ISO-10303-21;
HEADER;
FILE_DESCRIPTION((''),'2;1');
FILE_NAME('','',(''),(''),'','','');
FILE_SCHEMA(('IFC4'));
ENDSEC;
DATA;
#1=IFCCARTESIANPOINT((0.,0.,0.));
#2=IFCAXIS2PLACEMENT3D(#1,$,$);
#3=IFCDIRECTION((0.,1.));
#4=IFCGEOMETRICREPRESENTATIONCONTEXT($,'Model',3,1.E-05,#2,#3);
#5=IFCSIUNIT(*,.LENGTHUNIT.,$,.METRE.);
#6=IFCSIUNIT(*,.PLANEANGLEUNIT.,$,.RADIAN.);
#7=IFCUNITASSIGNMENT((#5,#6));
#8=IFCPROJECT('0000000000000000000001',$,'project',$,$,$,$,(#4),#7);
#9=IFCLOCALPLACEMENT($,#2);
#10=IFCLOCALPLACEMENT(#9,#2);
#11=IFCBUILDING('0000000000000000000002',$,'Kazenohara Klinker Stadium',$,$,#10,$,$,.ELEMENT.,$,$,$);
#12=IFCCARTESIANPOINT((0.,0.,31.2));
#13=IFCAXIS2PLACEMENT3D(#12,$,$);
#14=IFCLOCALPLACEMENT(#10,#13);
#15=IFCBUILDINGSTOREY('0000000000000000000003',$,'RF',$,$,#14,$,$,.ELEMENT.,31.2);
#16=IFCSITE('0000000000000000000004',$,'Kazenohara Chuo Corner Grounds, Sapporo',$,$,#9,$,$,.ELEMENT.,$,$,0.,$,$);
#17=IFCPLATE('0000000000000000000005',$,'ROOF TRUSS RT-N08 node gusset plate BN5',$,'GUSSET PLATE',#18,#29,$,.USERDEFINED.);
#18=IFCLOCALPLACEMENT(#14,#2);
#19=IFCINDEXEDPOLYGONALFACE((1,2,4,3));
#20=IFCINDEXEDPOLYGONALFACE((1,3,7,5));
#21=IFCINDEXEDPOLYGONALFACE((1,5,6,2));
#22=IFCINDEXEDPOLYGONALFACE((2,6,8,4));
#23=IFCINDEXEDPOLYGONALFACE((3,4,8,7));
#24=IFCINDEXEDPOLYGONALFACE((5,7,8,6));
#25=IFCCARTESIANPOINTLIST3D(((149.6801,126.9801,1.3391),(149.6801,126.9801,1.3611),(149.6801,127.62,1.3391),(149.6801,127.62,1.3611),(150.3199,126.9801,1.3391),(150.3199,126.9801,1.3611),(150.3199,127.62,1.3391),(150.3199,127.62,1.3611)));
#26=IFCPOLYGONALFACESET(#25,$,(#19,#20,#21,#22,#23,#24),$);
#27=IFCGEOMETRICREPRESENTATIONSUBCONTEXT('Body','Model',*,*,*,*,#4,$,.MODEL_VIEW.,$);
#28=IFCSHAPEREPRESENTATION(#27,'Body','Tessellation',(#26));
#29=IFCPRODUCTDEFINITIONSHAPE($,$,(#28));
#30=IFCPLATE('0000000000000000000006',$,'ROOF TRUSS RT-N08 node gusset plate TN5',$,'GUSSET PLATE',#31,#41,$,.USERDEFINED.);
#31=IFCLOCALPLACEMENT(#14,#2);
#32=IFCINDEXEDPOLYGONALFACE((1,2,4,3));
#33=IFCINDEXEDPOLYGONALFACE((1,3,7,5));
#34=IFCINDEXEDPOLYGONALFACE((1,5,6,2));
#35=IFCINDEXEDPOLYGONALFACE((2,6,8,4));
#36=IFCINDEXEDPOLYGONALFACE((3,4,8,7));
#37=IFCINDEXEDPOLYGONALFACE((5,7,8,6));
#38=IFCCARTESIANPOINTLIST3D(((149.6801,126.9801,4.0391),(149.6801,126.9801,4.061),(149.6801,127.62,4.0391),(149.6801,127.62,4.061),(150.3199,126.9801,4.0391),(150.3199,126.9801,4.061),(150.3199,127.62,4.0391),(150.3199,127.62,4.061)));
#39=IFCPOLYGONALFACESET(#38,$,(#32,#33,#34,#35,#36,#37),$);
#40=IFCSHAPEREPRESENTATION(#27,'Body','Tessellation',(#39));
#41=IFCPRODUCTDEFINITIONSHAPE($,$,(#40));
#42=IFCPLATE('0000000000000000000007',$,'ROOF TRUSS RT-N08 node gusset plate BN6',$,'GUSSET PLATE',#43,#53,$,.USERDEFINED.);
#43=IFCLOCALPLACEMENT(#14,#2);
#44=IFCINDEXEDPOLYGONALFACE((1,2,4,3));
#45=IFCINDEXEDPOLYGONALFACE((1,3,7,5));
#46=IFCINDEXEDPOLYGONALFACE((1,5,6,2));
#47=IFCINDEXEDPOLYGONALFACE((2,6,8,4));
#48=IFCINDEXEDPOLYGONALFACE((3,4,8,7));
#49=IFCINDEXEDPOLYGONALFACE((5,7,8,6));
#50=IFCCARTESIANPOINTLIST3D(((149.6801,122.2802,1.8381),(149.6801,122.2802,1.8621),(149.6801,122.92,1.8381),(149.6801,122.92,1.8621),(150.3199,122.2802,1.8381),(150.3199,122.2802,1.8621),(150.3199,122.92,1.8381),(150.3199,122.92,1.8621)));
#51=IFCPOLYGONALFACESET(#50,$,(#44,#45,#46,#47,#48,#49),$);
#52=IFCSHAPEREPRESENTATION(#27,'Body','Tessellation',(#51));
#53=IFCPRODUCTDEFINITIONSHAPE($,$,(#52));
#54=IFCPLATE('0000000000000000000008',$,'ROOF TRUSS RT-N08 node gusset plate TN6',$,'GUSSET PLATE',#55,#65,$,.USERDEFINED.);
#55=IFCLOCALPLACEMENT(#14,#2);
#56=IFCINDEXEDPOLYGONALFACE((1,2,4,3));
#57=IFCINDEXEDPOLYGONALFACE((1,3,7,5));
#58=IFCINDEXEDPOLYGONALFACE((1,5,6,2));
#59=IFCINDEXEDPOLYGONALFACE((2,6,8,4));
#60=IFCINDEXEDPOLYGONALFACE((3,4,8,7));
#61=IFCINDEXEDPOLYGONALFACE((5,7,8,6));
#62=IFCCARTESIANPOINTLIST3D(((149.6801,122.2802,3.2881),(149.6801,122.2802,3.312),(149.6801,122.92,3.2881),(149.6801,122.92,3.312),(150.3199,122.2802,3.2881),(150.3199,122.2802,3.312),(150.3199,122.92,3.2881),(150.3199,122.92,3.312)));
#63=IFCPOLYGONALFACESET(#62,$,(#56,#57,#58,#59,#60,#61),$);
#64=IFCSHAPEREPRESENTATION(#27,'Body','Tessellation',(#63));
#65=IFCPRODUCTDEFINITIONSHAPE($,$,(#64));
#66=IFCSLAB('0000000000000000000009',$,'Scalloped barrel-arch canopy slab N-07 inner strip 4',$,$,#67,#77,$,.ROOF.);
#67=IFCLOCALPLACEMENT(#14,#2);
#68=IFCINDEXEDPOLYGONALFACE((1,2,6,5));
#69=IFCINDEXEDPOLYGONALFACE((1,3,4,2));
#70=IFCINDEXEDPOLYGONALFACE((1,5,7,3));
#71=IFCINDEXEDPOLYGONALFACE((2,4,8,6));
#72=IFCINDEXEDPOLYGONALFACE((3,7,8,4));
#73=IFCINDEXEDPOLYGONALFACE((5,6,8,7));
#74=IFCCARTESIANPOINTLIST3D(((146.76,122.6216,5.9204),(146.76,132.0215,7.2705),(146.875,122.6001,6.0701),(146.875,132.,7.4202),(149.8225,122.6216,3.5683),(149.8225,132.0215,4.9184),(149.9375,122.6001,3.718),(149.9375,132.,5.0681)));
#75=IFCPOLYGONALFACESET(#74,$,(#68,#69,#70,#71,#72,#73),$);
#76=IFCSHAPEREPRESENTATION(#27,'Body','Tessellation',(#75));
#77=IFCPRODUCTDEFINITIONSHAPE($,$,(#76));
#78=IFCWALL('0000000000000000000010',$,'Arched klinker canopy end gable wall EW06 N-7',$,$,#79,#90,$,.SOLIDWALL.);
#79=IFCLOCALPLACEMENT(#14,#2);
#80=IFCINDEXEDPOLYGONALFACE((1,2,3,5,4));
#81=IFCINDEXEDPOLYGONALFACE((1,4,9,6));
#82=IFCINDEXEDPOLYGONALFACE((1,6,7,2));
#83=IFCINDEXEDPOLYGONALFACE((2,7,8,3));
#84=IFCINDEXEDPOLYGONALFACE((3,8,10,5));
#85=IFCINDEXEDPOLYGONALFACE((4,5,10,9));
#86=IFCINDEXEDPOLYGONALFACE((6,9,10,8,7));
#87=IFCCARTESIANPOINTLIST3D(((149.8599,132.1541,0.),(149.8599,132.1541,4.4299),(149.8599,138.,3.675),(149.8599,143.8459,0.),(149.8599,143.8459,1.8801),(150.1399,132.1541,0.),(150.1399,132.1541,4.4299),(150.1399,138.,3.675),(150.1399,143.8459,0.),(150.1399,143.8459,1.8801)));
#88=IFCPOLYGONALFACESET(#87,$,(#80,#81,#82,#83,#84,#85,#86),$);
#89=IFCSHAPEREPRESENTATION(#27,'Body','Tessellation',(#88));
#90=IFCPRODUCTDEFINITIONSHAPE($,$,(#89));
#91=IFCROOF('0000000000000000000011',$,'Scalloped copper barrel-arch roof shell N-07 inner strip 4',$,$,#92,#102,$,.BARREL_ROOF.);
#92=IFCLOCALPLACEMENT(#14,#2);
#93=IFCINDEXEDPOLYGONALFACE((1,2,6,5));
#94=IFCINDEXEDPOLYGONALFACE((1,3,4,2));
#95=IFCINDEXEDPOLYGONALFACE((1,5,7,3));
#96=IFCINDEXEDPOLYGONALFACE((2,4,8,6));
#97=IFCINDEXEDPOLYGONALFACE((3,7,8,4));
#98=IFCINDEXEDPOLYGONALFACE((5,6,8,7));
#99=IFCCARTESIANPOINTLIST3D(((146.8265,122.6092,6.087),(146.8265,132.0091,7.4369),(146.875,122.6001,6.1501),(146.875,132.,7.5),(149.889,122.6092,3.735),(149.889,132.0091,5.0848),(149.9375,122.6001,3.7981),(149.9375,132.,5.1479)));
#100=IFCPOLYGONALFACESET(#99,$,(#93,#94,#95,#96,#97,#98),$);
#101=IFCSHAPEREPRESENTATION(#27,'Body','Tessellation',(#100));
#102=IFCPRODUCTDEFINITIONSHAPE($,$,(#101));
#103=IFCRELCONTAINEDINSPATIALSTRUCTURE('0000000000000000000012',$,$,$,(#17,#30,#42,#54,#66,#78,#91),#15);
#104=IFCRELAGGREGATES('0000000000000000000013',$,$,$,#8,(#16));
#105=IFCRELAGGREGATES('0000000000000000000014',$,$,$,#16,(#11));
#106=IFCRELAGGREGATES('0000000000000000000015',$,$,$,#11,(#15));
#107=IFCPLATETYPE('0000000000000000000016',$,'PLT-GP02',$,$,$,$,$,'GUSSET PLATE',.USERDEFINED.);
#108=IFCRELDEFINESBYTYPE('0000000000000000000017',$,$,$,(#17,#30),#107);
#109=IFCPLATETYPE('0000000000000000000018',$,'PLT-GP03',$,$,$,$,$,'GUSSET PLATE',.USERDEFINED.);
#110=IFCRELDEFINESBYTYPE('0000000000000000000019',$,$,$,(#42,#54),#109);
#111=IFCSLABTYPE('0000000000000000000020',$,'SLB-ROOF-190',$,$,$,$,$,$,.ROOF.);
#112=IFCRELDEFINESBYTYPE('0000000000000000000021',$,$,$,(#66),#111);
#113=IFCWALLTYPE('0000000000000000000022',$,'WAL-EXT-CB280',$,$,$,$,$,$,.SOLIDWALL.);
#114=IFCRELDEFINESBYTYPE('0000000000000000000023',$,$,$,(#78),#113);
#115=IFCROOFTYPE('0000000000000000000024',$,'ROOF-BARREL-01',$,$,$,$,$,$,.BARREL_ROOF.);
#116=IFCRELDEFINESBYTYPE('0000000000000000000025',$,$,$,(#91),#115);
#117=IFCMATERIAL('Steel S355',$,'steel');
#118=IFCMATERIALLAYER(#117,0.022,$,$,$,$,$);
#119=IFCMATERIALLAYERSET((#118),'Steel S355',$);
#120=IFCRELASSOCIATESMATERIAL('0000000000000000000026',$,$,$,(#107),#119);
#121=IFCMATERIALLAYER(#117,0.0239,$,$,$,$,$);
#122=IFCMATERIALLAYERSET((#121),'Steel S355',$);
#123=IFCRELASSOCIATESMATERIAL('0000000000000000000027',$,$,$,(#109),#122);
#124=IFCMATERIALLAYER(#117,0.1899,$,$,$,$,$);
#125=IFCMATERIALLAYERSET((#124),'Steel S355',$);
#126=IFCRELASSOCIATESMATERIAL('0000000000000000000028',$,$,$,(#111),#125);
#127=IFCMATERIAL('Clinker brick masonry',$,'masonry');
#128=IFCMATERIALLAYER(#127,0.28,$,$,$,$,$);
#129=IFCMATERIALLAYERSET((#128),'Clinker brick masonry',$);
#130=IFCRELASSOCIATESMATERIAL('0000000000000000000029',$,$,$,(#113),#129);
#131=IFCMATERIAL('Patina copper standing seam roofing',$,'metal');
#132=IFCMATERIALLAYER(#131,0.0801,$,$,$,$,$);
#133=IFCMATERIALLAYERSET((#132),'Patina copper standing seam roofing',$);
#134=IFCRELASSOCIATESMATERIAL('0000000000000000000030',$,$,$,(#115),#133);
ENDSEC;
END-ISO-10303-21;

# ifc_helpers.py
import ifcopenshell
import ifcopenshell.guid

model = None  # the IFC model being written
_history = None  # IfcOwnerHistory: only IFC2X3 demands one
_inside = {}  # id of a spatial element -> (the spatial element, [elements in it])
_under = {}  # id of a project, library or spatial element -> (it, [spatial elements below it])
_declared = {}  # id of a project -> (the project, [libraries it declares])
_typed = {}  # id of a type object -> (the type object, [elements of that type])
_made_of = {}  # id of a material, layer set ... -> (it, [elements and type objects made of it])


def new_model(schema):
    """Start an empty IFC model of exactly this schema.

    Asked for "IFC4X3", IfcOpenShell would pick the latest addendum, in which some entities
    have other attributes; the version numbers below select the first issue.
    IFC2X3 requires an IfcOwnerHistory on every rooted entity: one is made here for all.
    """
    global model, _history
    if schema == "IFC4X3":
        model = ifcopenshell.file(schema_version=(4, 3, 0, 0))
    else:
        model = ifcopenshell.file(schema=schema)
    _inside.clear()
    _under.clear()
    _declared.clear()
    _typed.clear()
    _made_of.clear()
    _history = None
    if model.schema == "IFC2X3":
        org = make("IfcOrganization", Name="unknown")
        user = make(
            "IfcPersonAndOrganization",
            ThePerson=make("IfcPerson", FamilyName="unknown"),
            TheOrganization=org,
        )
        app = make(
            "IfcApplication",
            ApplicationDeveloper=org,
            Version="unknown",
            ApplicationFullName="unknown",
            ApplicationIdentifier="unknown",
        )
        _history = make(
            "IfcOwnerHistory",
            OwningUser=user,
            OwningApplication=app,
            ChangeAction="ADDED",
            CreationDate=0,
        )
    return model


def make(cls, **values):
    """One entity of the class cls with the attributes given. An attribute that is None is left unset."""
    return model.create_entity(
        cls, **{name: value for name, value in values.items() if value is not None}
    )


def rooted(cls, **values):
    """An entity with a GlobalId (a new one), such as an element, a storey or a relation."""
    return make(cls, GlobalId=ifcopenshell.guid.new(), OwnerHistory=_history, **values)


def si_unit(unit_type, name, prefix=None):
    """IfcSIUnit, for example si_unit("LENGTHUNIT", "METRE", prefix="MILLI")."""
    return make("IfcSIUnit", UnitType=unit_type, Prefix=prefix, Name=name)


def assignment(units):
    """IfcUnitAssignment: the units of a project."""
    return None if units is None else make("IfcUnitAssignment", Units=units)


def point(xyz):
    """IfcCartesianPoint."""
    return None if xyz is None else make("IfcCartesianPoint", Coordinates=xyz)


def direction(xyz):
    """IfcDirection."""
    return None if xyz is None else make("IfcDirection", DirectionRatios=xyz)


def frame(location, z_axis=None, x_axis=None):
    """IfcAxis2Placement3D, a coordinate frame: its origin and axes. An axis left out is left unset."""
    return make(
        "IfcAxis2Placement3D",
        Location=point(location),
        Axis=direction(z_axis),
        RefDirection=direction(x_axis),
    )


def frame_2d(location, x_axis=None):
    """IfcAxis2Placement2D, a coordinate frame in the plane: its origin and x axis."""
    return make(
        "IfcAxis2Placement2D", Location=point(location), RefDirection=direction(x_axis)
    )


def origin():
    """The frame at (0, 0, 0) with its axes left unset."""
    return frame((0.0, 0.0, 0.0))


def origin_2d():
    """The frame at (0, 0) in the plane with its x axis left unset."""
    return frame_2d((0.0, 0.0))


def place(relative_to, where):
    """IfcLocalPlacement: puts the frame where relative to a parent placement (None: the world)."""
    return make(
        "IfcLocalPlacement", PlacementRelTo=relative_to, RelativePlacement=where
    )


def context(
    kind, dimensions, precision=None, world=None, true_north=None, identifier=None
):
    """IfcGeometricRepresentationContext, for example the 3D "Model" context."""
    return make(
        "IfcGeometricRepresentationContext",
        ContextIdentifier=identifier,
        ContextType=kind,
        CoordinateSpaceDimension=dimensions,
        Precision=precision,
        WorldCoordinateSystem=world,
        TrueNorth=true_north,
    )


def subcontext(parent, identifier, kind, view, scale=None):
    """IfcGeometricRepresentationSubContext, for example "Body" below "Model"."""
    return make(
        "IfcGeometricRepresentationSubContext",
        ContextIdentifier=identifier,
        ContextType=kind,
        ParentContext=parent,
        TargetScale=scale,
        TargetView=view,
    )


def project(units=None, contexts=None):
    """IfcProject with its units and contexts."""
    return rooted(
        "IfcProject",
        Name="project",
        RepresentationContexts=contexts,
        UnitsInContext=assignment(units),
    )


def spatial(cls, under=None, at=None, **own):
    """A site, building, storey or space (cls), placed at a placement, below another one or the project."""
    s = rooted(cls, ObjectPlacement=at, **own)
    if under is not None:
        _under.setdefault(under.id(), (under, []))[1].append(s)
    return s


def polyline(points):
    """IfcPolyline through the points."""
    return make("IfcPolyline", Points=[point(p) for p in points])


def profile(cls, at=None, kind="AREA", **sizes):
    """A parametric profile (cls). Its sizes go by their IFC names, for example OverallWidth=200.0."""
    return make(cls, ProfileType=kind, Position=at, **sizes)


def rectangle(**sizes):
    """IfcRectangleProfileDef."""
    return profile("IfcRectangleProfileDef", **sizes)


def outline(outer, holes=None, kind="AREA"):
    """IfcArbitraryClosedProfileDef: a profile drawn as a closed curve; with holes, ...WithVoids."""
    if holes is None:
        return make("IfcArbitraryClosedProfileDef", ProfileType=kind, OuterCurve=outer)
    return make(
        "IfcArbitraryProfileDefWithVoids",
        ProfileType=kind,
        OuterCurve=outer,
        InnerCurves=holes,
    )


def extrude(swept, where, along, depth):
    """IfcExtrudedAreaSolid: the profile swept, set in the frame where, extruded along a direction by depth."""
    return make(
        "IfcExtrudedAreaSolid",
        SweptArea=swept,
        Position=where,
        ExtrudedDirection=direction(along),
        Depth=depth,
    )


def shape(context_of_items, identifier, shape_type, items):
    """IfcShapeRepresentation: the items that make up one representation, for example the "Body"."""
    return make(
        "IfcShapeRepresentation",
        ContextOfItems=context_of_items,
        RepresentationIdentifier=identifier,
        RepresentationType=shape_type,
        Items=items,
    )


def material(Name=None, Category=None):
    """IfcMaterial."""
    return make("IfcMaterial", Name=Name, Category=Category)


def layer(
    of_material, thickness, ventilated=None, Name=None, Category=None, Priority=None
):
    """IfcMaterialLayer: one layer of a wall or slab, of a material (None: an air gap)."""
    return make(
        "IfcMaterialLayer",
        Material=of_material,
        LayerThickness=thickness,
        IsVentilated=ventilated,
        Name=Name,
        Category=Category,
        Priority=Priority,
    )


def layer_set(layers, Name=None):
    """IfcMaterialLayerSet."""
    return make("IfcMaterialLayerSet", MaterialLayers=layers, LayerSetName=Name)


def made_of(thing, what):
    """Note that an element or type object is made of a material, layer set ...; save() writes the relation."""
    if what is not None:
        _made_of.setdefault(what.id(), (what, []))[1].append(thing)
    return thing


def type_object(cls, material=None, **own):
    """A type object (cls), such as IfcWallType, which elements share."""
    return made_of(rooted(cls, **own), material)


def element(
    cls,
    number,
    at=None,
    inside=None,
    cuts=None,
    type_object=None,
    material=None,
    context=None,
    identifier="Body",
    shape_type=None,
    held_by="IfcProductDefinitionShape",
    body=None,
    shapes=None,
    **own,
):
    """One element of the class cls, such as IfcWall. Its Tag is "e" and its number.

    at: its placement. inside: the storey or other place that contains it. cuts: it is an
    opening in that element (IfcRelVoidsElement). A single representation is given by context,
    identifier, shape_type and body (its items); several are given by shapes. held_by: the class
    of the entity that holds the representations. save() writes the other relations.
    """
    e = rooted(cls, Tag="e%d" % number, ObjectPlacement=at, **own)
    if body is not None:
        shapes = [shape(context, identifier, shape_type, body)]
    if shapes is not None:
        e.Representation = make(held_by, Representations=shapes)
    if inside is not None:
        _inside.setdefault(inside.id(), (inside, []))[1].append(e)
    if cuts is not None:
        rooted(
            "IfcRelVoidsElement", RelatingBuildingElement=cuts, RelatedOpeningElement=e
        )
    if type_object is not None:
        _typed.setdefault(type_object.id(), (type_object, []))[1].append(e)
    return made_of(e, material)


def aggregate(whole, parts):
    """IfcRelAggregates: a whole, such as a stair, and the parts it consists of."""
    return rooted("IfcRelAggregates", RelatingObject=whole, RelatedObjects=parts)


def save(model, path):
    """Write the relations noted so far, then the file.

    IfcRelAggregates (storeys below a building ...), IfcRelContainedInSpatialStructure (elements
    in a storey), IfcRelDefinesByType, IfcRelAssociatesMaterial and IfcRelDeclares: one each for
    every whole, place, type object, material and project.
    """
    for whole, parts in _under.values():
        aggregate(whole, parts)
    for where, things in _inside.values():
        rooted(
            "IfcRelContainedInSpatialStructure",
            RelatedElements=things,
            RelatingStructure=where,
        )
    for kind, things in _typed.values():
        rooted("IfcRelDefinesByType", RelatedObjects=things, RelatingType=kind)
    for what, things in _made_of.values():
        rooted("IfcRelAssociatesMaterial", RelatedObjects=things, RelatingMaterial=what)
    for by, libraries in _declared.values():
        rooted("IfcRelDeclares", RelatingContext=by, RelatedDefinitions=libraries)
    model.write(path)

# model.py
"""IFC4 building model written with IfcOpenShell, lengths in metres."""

from ifc_helpers import new_model, si_unit, direction, frame, origin, origin_2d, place, context, subcontext, project, spatial, polyline, rectangle, outline, extrude, material, layer, layer_set, type_object, element, save


model = new_model("IFC4")

# Units and contexts
model_context = context("Model", 3, precision=1e-05, world=origin(), true_north=direction((0.0, 1.0)))
body_context = subcontext(model_context, "Body", "Model", "MODEL_VIEW")
ifc_project = project(units=[si_unit("LENGTHUNIT", "METRE"), si_unit("PLANEANGLEUNIT", "RADIAN")], contexts=[model_context])

# Site, building, storey
site_placement = place(None, origin())
site = spatial("IfcSite", under=ifc_project, at=site_placement, Name="Kazenohara Chuo Corner Grounds, Sapporo", CompositionType="ELEMENT", RefElevation=0.0)
building_placement = place(site_placement, origin())
building = spatial("IfcBuilding", under=site, at=building_placement, Name="Kazenohara Klinker Stadium", CompositionType="ELEMENT")
storey_placement = place(building_placement, frame((0.0, 0.0, 31.2)))
storey = spatial("IfcBuildingStorey", under=building, at=storey_placement, Name="RF", CompositionType="ELEMENT", Elevation=31.2)

# Shared definitions
ifc_material_1 = material(Name="Steel S355", Category="steel")

# Plates
ifc_layer_1 = layer(ifc_material_1, 0.022)
ifc_layer_set_1 = layer_set([ifc_layer_1], Name="Steel S355")
plate_type_1 = type_object("IfcPlateType", Name="PLT-GP02", ElementType="GUSSET PLATE", PredefinedType="USERDEFINED", material=ifc_layer_set_1)
for number, where, z_axis, x_axis, name in (
    (1, (150.0, 127.3, 1.3391), (0.0, 0.0, 1.0), (1.0, 0.0, 0.0), "ROOF TRUSS RT-N08 node gusset plate BN5"),
    (2, (150.0, 127.3, 4.0391), (0.0, 0.0, 1.0), (1.0, 0.0, 0.0), "ROOF TRUSS RT-N08 node gusset plate TN5"),
):
    element("IfcPlate", number, at=place(storey_placement, frame(where, z_axis=z_axis, x_axis=x_axis)), inside=storey, type_object=plate_type_1, Name=name, ObjectType="GUSSET PLATE", PredefinedType="USERDEFINED", context=body_context, shape_type="SweptSolid", body=[
        extrude(rectangle(XDim=0.6399, YDim=0.6399, at=origin_2d()), origin(), (0.0, 0.0, 1.0), 0.022),
    ])
ifc_layer_2 = layer(ifc_material_1, 0.0239)
ifc_layer_set_2 = layer_set([ifc_layer_2], Name="Steel S355")
plate_type_2 = type_object("IfcPlateType", Name="PLT-GP03", ElementType="GUSSET PLATE", PredefinedType="USERDEFINED", material=ifc_layer_set_2)
for number, where, z_axis, x_axis, name in (
    (3, (150.0, 122.6001, 1.8381), (0.0, 0.0, 1.0), (1.0, 0.0, 0.0), "ROOF TRUSS RT-N08 node gusset plate BN6"),
    (4, (150.0, 122.6001, 3.2881), (0.0, 0.0, 1.0), (1.0, 0.0, 0.0), "ROOF TRUSS RT-N08 node gusset plate TN6"),
):
    element("IfcPlate", number, at=place(storey_placement, frame(where, z_axis=z_axis, x_axis=x_axis)), inside=storey, type_object=plate_type_2, Name=name, ObjectType="GUSSET PLATE", PredefinedType="USERDEFINED", context=body_context, shape_type="SweptSolid", body=[
        extrude(rectangle(XDim=0.6399, YDim=0.6399, at=origin_2d()), origin(), (0.0, 0.0, 1.0), 0.0239),
    ])

# Slab
ifc_layer_3 = layer(ifc_material_1, 0.1899)
ifc_layer_set_3 = layer_set([ifc_layer_3], Name="Steel S355")
slab_type = type_object("IfcSlabType", Name="SLB-ROOF-190", PredefinedType="ROOF", material=ifc_layer_set_3)
slab_placement = place(storey_placement, frame((146.875, 132.0, 7.4202), z_axis=(0.605192, -0.113179, 0.787993), x_axis=(0.0, -0.989842, -0.14217)))
element("IfcSlab", 5, at=slab_placement, inside=storey, type_object=slab_type, Name="Scalloped barrel-arch canopy slab N-07 inner strip 4", PredefinedType="ROOF", context=body_context, shape_type="SweptSolid", body=[
    extrude(outline(polyline([(0.0, 0.0), (9.4964, 0.0), (9.8308, 3.847), (0.3344, 3.847), (0.0, 0.0)])), origin(), (0.0, 0.0, -1.0), 0.1899),
])

# Wall
ifc_material_2 = material(Name="Clinker brick masonry", Category="masonry")
ifc_layer_4 = layer(ifc_material_2, 0.28)
ifc_layer_set_4 = layer_set([ifc_layer_4], Name="Clinker brick masonry")
wall_type = type_object("IfcWallType", Name="WAL-EXT-CB280", PredefinedType="SOLIDWALL", material=ifc_layer_set_4)
wall_placement = place(storey_placement, frame((150.0, 132.1541, 0.0), z_axis=(0.0, 0.0, 1.0), x_axis=(0.0, 1.0, 0.0)))
element("IfcWall", 6, at=wall_placement, inside=storey, type_object=wall_type, Name="Arched klinker canopy end gable wall EW06 N-7", PredefinedType="SOLIDWALL", context=body_context, shape_type="SweptSolid", body=[
    extrude(outline(polyline([(0.0, 0.0), (11.6919, 0.0), (11.6919, 1.8801), (5.8459, 3.675), (0.0, 4.4299), (0.0, 0.0)])), frame((0.0, 0.1401, 0.0), z_axis=(0.0, -1.0, 0.0), x_axis=(1.0, 0.0, 0.0)), (0.0, 0.0, 1.0), 0.28),
])

# Roof
ifc_material_3 = material(Name="Patina copper standing seam roofing", Category="metal")
ifc_layer_5 = layer(ifc_material_3, 0.0801)
ifc_layer_set_5 = layer_set([ifc_layer_5], Name="Patina copper standing seam roofing")
roof_type = type_object("IfcRoofType", Name="ROOF-BARREL-01", PredefinedType="BARREL_ROOF", material=ifc_layer_set_5)
roof_placement = place(storey_placement, frame((146.875, 132.0, 7.5), z_axis=(0.605193, -0.113158, 0.787995), x_axis=(0.0, -0.989846, -0.142145)))
element("IfcRoof", 7, at=roof_placement, inside=storey, type_object=roof_type, Name="Scalloped copper barrel-arch roof shell N-07 inner strip 4", PredefinedType="BARREL_ROOF", context=body_context, shape_type="SweptSolid", body=[
    extrude(outline(polyline([(0.0, 0.0), (9.4963, 0.0), (9.8307, 3.847), (0.3343, 3.847), (0.0, 0.0)])), origin(), (0.0, 0.0, -1.0), 0.0801),
])

save(model, "model.ifc")
